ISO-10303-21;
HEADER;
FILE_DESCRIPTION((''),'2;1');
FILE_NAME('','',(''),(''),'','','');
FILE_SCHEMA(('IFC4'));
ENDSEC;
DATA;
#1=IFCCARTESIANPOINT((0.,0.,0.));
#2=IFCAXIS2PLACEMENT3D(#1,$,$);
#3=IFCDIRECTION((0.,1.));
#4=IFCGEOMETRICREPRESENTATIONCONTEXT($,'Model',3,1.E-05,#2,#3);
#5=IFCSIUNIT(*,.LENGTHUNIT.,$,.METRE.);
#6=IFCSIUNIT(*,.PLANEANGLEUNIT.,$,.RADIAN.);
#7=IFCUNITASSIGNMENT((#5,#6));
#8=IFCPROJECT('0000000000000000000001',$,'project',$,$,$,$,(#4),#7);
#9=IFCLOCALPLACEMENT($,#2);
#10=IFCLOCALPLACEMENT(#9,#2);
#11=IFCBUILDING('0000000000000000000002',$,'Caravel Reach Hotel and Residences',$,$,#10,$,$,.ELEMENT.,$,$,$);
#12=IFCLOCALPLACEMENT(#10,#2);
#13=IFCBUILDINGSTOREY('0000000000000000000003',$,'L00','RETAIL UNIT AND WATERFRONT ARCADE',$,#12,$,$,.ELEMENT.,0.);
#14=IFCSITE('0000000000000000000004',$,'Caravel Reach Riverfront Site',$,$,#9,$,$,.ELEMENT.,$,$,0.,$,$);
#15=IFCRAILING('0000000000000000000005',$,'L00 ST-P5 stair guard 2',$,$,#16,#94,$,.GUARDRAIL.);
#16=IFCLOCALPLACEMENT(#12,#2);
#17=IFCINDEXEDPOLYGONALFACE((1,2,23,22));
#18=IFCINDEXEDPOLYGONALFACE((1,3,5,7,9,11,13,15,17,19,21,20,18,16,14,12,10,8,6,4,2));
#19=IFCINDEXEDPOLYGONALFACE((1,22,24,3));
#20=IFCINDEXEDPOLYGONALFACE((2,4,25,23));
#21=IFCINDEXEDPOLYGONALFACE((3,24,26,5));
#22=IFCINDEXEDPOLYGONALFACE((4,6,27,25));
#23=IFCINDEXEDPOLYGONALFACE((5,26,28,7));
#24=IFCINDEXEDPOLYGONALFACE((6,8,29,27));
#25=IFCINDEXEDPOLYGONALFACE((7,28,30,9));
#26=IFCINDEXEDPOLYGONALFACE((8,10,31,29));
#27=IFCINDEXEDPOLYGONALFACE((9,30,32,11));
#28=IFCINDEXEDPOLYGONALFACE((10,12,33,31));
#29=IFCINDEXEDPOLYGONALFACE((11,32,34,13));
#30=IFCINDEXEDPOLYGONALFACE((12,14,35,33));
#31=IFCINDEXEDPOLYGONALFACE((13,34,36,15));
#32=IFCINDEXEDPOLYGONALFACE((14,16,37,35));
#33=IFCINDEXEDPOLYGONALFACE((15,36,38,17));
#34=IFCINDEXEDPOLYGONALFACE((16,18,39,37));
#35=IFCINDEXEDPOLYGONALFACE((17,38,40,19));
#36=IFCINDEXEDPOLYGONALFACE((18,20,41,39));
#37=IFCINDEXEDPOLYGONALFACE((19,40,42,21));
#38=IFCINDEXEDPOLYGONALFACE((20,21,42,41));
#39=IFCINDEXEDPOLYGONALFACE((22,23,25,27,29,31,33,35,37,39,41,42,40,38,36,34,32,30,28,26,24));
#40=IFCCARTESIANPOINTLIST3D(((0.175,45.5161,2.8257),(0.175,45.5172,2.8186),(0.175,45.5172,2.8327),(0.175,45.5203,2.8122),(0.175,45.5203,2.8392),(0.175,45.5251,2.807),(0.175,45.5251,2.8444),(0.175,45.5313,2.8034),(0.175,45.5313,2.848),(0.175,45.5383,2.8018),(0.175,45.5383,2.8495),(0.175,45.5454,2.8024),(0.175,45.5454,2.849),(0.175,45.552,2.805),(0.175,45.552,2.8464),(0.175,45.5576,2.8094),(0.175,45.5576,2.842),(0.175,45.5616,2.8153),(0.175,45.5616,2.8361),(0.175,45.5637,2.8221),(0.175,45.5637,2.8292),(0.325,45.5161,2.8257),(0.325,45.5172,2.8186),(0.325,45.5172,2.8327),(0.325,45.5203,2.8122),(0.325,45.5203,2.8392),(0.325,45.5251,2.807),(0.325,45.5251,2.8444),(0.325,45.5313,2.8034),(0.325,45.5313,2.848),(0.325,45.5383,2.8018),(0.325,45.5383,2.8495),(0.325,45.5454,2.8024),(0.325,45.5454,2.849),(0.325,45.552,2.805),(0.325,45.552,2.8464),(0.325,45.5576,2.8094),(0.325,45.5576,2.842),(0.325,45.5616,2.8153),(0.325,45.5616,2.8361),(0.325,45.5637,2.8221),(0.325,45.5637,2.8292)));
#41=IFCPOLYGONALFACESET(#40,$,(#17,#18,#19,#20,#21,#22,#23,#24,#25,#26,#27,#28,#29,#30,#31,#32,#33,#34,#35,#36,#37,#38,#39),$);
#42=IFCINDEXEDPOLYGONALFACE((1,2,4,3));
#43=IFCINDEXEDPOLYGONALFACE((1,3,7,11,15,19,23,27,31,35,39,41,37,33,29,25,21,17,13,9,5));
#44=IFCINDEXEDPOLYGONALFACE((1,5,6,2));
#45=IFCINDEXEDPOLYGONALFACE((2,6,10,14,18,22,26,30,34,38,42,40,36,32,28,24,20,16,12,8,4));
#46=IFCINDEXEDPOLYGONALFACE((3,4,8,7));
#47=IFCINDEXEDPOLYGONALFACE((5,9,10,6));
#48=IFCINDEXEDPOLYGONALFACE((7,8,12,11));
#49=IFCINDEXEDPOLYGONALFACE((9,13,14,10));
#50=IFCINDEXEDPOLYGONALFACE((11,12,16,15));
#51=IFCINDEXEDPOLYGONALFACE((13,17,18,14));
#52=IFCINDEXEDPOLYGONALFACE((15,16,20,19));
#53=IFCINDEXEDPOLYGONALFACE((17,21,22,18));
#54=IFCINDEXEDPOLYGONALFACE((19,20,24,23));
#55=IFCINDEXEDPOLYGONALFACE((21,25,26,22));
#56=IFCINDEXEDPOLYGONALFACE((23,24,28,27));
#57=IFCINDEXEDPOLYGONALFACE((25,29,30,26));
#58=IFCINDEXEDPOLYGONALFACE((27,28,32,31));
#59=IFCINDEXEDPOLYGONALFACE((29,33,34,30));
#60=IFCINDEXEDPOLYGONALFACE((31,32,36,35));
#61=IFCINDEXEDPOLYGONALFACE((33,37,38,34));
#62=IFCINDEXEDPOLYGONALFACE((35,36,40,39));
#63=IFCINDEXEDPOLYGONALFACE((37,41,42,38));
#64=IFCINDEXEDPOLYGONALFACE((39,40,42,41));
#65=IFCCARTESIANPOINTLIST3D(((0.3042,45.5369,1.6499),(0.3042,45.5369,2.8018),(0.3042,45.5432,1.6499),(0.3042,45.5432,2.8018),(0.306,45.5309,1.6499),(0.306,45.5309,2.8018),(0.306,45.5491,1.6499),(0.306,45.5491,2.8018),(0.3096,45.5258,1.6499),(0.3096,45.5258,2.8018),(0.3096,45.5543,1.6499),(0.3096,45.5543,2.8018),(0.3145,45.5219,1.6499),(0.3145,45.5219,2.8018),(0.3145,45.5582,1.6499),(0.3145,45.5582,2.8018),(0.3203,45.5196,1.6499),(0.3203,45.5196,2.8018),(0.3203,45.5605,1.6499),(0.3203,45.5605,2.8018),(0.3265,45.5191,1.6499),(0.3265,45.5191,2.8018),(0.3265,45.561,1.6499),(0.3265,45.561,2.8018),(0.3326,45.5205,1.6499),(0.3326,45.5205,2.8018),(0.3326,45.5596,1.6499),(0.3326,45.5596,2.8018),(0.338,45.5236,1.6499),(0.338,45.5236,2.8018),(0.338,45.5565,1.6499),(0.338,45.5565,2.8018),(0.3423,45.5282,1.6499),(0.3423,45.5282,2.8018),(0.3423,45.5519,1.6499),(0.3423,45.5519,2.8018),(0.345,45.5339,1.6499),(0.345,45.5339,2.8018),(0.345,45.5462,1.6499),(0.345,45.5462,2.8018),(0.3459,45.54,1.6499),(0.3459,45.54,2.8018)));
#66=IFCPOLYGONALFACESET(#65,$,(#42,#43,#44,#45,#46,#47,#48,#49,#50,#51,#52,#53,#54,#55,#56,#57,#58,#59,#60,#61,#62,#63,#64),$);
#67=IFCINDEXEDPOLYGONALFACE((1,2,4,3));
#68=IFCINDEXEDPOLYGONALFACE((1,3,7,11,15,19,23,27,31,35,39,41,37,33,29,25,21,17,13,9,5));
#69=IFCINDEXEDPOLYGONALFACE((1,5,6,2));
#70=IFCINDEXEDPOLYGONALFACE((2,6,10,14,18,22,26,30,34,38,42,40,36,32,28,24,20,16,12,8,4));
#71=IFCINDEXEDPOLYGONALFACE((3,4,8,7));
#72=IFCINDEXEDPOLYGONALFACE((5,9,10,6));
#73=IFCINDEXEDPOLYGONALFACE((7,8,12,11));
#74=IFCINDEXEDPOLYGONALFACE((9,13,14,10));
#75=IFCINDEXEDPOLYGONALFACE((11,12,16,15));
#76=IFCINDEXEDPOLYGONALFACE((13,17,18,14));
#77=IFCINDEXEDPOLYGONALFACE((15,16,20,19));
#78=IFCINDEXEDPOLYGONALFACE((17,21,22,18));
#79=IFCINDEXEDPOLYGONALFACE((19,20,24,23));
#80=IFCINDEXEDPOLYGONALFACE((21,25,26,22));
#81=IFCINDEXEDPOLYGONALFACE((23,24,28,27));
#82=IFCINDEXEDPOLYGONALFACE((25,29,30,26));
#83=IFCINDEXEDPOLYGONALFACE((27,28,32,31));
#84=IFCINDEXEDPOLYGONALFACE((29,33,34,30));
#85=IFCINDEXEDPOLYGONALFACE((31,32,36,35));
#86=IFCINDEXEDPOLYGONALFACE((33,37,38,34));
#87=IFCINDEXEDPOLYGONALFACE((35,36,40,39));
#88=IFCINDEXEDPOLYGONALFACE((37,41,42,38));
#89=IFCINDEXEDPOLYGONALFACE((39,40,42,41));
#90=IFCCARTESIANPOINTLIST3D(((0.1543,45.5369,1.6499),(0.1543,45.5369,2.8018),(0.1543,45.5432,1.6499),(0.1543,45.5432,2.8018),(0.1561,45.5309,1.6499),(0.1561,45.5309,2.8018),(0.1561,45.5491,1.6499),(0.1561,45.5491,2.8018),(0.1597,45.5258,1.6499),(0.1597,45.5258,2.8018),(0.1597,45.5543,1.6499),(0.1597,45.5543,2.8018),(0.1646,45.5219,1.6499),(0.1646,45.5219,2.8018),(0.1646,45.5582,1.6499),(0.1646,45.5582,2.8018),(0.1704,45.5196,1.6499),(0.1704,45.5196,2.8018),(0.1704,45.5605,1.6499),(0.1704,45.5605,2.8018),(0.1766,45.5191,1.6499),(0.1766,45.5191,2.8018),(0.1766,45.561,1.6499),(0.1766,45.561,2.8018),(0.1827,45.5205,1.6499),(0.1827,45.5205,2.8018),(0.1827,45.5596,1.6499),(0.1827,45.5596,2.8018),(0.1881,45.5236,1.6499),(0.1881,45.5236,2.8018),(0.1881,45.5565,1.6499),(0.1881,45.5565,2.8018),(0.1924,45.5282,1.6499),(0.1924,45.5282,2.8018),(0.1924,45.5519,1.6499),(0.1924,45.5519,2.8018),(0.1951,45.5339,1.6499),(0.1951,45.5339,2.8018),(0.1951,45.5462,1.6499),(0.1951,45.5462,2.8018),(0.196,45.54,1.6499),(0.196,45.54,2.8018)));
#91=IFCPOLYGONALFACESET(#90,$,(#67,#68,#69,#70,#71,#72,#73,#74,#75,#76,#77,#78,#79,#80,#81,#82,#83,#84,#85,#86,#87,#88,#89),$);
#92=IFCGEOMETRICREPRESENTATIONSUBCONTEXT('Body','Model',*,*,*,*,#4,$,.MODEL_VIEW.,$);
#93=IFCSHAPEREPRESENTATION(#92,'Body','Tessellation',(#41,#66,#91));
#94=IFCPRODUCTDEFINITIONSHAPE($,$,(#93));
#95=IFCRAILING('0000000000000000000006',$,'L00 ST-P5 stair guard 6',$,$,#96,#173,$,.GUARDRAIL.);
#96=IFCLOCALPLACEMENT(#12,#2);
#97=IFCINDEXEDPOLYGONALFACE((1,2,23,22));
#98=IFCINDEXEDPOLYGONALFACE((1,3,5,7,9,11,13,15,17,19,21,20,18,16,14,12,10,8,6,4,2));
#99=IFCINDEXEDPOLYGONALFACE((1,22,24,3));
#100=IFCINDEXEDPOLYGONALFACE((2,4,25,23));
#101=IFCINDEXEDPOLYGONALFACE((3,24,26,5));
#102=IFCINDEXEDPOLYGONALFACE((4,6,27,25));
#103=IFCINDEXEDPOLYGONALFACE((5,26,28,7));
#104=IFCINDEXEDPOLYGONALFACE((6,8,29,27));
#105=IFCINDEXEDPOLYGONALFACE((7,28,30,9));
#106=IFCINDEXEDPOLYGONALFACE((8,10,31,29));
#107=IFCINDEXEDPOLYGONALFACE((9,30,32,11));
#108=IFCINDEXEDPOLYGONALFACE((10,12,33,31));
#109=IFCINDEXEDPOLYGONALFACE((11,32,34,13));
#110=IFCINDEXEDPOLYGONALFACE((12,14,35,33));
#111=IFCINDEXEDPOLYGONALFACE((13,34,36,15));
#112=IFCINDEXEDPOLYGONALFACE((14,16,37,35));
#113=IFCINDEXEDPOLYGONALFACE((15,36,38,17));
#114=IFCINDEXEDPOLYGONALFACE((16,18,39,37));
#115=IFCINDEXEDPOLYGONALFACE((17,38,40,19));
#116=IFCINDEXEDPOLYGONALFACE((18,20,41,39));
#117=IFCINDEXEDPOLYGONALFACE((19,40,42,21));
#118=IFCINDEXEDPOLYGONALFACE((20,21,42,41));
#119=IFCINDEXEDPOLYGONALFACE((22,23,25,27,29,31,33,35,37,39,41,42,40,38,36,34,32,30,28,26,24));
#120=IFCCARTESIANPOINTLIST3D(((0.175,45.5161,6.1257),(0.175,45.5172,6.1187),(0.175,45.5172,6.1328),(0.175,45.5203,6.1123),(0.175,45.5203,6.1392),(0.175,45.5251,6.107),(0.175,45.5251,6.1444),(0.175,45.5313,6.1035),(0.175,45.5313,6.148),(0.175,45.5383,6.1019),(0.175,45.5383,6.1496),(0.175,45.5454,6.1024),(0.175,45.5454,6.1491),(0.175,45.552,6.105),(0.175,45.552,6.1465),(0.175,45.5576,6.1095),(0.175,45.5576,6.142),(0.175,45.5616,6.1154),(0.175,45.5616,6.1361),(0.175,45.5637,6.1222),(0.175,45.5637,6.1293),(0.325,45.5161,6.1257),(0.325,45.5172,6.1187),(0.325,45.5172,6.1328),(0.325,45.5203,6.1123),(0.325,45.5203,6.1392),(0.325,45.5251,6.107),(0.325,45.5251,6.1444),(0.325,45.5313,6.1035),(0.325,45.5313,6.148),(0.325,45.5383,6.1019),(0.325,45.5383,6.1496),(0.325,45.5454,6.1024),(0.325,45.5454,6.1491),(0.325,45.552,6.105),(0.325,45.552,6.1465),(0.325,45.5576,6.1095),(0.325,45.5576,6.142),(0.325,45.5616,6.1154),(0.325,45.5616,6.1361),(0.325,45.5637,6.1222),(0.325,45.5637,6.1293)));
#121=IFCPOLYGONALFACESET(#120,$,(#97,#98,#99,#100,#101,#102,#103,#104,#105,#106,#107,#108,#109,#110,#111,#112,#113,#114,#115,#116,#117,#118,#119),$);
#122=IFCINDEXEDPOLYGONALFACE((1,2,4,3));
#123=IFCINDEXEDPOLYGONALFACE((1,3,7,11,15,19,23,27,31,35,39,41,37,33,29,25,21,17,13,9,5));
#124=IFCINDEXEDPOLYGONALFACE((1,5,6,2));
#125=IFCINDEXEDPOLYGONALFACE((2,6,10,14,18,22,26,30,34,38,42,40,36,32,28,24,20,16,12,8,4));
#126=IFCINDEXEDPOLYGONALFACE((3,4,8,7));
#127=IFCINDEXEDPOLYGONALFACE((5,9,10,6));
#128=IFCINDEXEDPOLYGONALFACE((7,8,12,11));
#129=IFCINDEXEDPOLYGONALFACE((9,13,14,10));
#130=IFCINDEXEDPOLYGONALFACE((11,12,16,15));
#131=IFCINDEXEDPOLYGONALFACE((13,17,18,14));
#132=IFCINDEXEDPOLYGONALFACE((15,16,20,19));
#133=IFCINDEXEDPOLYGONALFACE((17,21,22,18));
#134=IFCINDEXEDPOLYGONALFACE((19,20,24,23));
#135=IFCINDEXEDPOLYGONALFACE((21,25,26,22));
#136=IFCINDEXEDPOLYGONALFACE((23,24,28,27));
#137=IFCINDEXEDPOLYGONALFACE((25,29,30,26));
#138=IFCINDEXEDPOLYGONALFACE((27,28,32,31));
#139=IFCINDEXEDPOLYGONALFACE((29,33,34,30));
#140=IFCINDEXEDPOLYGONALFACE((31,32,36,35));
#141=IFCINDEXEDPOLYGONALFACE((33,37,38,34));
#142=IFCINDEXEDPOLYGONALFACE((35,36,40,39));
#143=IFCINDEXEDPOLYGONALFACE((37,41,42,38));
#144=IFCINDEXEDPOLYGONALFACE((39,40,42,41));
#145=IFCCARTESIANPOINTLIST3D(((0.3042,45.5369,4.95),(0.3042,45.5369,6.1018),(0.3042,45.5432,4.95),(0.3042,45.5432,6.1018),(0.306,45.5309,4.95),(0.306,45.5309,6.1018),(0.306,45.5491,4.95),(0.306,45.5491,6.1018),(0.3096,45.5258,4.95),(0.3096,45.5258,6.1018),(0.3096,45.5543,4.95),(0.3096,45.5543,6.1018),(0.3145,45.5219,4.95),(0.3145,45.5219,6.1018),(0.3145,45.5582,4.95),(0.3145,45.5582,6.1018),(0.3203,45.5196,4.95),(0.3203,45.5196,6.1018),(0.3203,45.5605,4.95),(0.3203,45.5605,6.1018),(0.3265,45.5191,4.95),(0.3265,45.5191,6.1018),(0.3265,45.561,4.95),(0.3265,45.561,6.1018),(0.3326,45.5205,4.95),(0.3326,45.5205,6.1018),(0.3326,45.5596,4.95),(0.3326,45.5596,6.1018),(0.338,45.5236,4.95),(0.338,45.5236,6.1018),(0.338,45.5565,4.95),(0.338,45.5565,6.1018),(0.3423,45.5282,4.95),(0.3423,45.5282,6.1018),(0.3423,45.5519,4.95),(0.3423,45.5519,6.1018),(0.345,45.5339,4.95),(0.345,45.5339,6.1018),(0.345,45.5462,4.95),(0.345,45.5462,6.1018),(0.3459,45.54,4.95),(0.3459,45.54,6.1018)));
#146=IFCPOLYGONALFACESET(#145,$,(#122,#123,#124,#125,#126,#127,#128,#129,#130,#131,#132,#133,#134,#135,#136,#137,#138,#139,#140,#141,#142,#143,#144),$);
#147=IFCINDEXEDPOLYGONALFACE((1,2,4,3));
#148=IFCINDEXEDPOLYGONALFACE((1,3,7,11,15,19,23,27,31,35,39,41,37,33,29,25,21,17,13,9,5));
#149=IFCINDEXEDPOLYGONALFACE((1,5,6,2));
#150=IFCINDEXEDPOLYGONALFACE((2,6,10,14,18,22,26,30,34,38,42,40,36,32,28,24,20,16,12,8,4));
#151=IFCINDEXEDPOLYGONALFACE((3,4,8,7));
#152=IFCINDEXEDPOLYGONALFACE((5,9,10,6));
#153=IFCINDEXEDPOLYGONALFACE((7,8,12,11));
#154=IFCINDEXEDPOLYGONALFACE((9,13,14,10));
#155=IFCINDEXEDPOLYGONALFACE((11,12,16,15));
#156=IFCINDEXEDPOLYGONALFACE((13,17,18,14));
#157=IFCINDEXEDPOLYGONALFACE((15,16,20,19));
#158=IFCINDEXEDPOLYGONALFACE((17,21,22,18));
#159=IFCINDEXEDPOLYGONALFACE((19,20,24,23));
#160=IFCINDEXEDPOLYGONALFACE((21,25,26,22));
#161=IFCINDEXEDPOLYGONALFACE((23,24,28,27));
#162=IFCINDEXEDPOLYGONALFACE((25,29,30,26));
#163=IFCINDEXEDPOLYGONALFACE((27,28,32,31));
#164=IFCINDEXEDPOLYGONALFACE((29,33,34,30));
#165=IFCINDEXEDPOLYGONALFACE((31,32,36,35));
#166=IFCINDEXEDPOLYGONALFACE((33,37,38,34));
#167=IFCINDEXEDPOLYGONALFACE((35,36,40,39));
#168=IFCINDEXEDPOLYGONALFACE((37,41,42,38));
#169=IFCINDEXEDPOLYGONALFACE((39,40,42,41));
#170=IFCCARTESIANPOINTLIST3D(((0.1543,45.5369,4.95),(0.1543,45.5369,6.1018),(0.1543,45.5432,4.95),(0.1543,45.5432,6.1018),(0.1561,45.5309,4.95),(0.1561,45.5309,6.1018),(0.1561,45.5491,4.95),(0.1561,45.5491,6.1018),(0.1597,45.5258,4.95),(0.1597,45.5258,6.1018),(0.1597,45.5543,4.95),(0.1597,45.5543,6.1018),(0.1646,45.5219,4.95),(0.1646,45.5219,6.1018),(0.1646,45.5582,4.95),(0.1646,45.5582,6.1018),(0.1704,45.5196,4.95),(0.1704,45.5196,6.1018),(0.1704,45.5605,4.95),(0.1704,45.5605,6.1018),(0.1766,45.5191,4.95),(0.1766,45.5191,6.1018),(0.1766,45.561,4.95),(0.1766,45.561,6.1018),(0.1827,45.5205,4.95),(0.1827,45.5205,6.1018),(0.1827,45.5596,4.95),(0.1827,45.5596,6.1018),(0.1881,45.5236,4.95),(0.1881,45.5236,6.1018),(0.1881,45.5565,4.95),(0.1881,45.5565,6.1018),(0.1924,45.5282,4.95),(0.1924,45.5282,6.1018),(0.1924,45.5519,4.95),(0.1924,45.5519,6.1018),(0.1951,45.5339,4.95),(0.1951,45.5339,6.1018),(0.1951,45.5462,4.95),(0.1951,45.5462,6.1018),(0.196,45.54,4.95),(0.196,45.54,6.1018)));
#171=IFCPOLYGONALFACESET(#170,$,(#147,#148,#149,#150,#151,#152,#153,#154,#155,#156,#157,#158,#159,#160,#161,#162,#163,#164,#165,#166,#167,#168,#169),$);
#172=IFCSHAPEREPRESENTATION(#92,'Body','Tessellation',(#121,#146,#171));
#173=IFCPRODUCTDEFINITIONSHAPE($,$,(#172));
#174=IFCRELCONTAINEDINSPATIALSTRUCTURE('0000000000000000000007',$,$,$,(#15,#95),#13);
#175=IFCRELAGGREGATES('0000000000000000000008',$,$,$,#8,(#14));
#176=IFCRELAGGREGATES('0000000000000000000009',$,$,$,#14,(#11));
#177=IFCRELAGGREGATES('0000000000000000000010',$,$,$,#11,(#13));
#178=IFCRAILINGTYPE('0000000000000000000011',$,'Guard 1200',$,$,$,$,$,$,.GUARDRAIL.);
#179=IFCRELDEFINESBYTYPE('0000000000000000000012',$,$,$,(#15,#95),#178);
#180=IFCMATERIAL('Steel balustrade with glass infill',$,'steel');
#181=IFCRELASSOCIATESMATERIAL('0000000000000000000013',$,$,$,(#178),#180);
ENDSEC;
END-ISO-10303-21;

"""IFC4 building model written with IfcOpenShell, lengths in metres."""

from ifc_helpers import new_model, si_unit, direction, frame, origin, origin_2d, place, context, subcontext, project, spatial, circle, extrude, material, type_object, element, save


model = new_model("IFC4")

# Units and contexts
model_context = context("Model", 3, precision=1e-05, world=origin(), true_north=direction((0.0, 1.0)))
body_context = subcontext(model_context, "Body", "Model", "MODEL_VIEW")
ifc_project = project(units=[si_unit("LENGTHUNIT", "METRE"), si_unit("PLANEANGLEUNIT", "RADIAN")], contexts=[model_context])

# Site, building, storey
site_placement = place(None, origin())
site = spatial("IfcSite", under=ifc_project, at=site_placement, Name="Caravel Reach Riverfront Site", CompositionType="ELEMENT", RefElevation=0.0)
building_placement = place(site_placement, origin())
building = spatial("IfcBuilding", under=site, at=building_placement, Name="Caravel Reach Hotel and Residences", CompositionType="ELEMENT")
storey_placement = place(building_placement, origin())
storey = spatial("IfcBuildingStorey", under=building, at=storey_placement, Name="L00", Description="RETAIL UNIT AND WATERFRONT ARCADE", CompositionType="ELEMENT", Elevation=0.0)

# Railings
ifc_material_1 = material(Name="Steel balustrade with glass infill", Category="steel")
railing_type = type_object("IfcRailingType", Name="Guard 1200", PredefinedType="GUARDRAIL", material=ifc_material_1)
for number, where, name in (
    (1, (0.325, 45.54, 1.6499), "L00 ST-P5 stair guard 2"),
    (2, (0.325, 45.54, 4.95), "L00 ST-P5 stair guard 6"),
):
    element("IfcRailing", number, at=place(storey_placement, frame(where)), inside=storey, type_object=railing_type, Name=name, PredefinedType="GUARDRAIL", context=body_context, shape_type="SweptSolid", body=[
        extrude(circle(Radius=0.0239, at=origin_2d()), frame((0.0, 0.0, 1.1758), z_axis=(-1.0, 0.0, 0.0), x_axis=(0.0, -1.0, 0.0)), (0.0, 0.0, 1.0), 0.1499),
        extrude(circle(Radius=0.021, at=origin_2d()), origin(), (0.0, 0.0, 1.0), 1.1519),
        extrude(circle(Radius=0.021, at=origin_2d()), frame((-0.1499, 0.0, 0.0)), (0.0, 0.0, 1.0), 1.1519),
    ])

save(model, "model.ifc")
